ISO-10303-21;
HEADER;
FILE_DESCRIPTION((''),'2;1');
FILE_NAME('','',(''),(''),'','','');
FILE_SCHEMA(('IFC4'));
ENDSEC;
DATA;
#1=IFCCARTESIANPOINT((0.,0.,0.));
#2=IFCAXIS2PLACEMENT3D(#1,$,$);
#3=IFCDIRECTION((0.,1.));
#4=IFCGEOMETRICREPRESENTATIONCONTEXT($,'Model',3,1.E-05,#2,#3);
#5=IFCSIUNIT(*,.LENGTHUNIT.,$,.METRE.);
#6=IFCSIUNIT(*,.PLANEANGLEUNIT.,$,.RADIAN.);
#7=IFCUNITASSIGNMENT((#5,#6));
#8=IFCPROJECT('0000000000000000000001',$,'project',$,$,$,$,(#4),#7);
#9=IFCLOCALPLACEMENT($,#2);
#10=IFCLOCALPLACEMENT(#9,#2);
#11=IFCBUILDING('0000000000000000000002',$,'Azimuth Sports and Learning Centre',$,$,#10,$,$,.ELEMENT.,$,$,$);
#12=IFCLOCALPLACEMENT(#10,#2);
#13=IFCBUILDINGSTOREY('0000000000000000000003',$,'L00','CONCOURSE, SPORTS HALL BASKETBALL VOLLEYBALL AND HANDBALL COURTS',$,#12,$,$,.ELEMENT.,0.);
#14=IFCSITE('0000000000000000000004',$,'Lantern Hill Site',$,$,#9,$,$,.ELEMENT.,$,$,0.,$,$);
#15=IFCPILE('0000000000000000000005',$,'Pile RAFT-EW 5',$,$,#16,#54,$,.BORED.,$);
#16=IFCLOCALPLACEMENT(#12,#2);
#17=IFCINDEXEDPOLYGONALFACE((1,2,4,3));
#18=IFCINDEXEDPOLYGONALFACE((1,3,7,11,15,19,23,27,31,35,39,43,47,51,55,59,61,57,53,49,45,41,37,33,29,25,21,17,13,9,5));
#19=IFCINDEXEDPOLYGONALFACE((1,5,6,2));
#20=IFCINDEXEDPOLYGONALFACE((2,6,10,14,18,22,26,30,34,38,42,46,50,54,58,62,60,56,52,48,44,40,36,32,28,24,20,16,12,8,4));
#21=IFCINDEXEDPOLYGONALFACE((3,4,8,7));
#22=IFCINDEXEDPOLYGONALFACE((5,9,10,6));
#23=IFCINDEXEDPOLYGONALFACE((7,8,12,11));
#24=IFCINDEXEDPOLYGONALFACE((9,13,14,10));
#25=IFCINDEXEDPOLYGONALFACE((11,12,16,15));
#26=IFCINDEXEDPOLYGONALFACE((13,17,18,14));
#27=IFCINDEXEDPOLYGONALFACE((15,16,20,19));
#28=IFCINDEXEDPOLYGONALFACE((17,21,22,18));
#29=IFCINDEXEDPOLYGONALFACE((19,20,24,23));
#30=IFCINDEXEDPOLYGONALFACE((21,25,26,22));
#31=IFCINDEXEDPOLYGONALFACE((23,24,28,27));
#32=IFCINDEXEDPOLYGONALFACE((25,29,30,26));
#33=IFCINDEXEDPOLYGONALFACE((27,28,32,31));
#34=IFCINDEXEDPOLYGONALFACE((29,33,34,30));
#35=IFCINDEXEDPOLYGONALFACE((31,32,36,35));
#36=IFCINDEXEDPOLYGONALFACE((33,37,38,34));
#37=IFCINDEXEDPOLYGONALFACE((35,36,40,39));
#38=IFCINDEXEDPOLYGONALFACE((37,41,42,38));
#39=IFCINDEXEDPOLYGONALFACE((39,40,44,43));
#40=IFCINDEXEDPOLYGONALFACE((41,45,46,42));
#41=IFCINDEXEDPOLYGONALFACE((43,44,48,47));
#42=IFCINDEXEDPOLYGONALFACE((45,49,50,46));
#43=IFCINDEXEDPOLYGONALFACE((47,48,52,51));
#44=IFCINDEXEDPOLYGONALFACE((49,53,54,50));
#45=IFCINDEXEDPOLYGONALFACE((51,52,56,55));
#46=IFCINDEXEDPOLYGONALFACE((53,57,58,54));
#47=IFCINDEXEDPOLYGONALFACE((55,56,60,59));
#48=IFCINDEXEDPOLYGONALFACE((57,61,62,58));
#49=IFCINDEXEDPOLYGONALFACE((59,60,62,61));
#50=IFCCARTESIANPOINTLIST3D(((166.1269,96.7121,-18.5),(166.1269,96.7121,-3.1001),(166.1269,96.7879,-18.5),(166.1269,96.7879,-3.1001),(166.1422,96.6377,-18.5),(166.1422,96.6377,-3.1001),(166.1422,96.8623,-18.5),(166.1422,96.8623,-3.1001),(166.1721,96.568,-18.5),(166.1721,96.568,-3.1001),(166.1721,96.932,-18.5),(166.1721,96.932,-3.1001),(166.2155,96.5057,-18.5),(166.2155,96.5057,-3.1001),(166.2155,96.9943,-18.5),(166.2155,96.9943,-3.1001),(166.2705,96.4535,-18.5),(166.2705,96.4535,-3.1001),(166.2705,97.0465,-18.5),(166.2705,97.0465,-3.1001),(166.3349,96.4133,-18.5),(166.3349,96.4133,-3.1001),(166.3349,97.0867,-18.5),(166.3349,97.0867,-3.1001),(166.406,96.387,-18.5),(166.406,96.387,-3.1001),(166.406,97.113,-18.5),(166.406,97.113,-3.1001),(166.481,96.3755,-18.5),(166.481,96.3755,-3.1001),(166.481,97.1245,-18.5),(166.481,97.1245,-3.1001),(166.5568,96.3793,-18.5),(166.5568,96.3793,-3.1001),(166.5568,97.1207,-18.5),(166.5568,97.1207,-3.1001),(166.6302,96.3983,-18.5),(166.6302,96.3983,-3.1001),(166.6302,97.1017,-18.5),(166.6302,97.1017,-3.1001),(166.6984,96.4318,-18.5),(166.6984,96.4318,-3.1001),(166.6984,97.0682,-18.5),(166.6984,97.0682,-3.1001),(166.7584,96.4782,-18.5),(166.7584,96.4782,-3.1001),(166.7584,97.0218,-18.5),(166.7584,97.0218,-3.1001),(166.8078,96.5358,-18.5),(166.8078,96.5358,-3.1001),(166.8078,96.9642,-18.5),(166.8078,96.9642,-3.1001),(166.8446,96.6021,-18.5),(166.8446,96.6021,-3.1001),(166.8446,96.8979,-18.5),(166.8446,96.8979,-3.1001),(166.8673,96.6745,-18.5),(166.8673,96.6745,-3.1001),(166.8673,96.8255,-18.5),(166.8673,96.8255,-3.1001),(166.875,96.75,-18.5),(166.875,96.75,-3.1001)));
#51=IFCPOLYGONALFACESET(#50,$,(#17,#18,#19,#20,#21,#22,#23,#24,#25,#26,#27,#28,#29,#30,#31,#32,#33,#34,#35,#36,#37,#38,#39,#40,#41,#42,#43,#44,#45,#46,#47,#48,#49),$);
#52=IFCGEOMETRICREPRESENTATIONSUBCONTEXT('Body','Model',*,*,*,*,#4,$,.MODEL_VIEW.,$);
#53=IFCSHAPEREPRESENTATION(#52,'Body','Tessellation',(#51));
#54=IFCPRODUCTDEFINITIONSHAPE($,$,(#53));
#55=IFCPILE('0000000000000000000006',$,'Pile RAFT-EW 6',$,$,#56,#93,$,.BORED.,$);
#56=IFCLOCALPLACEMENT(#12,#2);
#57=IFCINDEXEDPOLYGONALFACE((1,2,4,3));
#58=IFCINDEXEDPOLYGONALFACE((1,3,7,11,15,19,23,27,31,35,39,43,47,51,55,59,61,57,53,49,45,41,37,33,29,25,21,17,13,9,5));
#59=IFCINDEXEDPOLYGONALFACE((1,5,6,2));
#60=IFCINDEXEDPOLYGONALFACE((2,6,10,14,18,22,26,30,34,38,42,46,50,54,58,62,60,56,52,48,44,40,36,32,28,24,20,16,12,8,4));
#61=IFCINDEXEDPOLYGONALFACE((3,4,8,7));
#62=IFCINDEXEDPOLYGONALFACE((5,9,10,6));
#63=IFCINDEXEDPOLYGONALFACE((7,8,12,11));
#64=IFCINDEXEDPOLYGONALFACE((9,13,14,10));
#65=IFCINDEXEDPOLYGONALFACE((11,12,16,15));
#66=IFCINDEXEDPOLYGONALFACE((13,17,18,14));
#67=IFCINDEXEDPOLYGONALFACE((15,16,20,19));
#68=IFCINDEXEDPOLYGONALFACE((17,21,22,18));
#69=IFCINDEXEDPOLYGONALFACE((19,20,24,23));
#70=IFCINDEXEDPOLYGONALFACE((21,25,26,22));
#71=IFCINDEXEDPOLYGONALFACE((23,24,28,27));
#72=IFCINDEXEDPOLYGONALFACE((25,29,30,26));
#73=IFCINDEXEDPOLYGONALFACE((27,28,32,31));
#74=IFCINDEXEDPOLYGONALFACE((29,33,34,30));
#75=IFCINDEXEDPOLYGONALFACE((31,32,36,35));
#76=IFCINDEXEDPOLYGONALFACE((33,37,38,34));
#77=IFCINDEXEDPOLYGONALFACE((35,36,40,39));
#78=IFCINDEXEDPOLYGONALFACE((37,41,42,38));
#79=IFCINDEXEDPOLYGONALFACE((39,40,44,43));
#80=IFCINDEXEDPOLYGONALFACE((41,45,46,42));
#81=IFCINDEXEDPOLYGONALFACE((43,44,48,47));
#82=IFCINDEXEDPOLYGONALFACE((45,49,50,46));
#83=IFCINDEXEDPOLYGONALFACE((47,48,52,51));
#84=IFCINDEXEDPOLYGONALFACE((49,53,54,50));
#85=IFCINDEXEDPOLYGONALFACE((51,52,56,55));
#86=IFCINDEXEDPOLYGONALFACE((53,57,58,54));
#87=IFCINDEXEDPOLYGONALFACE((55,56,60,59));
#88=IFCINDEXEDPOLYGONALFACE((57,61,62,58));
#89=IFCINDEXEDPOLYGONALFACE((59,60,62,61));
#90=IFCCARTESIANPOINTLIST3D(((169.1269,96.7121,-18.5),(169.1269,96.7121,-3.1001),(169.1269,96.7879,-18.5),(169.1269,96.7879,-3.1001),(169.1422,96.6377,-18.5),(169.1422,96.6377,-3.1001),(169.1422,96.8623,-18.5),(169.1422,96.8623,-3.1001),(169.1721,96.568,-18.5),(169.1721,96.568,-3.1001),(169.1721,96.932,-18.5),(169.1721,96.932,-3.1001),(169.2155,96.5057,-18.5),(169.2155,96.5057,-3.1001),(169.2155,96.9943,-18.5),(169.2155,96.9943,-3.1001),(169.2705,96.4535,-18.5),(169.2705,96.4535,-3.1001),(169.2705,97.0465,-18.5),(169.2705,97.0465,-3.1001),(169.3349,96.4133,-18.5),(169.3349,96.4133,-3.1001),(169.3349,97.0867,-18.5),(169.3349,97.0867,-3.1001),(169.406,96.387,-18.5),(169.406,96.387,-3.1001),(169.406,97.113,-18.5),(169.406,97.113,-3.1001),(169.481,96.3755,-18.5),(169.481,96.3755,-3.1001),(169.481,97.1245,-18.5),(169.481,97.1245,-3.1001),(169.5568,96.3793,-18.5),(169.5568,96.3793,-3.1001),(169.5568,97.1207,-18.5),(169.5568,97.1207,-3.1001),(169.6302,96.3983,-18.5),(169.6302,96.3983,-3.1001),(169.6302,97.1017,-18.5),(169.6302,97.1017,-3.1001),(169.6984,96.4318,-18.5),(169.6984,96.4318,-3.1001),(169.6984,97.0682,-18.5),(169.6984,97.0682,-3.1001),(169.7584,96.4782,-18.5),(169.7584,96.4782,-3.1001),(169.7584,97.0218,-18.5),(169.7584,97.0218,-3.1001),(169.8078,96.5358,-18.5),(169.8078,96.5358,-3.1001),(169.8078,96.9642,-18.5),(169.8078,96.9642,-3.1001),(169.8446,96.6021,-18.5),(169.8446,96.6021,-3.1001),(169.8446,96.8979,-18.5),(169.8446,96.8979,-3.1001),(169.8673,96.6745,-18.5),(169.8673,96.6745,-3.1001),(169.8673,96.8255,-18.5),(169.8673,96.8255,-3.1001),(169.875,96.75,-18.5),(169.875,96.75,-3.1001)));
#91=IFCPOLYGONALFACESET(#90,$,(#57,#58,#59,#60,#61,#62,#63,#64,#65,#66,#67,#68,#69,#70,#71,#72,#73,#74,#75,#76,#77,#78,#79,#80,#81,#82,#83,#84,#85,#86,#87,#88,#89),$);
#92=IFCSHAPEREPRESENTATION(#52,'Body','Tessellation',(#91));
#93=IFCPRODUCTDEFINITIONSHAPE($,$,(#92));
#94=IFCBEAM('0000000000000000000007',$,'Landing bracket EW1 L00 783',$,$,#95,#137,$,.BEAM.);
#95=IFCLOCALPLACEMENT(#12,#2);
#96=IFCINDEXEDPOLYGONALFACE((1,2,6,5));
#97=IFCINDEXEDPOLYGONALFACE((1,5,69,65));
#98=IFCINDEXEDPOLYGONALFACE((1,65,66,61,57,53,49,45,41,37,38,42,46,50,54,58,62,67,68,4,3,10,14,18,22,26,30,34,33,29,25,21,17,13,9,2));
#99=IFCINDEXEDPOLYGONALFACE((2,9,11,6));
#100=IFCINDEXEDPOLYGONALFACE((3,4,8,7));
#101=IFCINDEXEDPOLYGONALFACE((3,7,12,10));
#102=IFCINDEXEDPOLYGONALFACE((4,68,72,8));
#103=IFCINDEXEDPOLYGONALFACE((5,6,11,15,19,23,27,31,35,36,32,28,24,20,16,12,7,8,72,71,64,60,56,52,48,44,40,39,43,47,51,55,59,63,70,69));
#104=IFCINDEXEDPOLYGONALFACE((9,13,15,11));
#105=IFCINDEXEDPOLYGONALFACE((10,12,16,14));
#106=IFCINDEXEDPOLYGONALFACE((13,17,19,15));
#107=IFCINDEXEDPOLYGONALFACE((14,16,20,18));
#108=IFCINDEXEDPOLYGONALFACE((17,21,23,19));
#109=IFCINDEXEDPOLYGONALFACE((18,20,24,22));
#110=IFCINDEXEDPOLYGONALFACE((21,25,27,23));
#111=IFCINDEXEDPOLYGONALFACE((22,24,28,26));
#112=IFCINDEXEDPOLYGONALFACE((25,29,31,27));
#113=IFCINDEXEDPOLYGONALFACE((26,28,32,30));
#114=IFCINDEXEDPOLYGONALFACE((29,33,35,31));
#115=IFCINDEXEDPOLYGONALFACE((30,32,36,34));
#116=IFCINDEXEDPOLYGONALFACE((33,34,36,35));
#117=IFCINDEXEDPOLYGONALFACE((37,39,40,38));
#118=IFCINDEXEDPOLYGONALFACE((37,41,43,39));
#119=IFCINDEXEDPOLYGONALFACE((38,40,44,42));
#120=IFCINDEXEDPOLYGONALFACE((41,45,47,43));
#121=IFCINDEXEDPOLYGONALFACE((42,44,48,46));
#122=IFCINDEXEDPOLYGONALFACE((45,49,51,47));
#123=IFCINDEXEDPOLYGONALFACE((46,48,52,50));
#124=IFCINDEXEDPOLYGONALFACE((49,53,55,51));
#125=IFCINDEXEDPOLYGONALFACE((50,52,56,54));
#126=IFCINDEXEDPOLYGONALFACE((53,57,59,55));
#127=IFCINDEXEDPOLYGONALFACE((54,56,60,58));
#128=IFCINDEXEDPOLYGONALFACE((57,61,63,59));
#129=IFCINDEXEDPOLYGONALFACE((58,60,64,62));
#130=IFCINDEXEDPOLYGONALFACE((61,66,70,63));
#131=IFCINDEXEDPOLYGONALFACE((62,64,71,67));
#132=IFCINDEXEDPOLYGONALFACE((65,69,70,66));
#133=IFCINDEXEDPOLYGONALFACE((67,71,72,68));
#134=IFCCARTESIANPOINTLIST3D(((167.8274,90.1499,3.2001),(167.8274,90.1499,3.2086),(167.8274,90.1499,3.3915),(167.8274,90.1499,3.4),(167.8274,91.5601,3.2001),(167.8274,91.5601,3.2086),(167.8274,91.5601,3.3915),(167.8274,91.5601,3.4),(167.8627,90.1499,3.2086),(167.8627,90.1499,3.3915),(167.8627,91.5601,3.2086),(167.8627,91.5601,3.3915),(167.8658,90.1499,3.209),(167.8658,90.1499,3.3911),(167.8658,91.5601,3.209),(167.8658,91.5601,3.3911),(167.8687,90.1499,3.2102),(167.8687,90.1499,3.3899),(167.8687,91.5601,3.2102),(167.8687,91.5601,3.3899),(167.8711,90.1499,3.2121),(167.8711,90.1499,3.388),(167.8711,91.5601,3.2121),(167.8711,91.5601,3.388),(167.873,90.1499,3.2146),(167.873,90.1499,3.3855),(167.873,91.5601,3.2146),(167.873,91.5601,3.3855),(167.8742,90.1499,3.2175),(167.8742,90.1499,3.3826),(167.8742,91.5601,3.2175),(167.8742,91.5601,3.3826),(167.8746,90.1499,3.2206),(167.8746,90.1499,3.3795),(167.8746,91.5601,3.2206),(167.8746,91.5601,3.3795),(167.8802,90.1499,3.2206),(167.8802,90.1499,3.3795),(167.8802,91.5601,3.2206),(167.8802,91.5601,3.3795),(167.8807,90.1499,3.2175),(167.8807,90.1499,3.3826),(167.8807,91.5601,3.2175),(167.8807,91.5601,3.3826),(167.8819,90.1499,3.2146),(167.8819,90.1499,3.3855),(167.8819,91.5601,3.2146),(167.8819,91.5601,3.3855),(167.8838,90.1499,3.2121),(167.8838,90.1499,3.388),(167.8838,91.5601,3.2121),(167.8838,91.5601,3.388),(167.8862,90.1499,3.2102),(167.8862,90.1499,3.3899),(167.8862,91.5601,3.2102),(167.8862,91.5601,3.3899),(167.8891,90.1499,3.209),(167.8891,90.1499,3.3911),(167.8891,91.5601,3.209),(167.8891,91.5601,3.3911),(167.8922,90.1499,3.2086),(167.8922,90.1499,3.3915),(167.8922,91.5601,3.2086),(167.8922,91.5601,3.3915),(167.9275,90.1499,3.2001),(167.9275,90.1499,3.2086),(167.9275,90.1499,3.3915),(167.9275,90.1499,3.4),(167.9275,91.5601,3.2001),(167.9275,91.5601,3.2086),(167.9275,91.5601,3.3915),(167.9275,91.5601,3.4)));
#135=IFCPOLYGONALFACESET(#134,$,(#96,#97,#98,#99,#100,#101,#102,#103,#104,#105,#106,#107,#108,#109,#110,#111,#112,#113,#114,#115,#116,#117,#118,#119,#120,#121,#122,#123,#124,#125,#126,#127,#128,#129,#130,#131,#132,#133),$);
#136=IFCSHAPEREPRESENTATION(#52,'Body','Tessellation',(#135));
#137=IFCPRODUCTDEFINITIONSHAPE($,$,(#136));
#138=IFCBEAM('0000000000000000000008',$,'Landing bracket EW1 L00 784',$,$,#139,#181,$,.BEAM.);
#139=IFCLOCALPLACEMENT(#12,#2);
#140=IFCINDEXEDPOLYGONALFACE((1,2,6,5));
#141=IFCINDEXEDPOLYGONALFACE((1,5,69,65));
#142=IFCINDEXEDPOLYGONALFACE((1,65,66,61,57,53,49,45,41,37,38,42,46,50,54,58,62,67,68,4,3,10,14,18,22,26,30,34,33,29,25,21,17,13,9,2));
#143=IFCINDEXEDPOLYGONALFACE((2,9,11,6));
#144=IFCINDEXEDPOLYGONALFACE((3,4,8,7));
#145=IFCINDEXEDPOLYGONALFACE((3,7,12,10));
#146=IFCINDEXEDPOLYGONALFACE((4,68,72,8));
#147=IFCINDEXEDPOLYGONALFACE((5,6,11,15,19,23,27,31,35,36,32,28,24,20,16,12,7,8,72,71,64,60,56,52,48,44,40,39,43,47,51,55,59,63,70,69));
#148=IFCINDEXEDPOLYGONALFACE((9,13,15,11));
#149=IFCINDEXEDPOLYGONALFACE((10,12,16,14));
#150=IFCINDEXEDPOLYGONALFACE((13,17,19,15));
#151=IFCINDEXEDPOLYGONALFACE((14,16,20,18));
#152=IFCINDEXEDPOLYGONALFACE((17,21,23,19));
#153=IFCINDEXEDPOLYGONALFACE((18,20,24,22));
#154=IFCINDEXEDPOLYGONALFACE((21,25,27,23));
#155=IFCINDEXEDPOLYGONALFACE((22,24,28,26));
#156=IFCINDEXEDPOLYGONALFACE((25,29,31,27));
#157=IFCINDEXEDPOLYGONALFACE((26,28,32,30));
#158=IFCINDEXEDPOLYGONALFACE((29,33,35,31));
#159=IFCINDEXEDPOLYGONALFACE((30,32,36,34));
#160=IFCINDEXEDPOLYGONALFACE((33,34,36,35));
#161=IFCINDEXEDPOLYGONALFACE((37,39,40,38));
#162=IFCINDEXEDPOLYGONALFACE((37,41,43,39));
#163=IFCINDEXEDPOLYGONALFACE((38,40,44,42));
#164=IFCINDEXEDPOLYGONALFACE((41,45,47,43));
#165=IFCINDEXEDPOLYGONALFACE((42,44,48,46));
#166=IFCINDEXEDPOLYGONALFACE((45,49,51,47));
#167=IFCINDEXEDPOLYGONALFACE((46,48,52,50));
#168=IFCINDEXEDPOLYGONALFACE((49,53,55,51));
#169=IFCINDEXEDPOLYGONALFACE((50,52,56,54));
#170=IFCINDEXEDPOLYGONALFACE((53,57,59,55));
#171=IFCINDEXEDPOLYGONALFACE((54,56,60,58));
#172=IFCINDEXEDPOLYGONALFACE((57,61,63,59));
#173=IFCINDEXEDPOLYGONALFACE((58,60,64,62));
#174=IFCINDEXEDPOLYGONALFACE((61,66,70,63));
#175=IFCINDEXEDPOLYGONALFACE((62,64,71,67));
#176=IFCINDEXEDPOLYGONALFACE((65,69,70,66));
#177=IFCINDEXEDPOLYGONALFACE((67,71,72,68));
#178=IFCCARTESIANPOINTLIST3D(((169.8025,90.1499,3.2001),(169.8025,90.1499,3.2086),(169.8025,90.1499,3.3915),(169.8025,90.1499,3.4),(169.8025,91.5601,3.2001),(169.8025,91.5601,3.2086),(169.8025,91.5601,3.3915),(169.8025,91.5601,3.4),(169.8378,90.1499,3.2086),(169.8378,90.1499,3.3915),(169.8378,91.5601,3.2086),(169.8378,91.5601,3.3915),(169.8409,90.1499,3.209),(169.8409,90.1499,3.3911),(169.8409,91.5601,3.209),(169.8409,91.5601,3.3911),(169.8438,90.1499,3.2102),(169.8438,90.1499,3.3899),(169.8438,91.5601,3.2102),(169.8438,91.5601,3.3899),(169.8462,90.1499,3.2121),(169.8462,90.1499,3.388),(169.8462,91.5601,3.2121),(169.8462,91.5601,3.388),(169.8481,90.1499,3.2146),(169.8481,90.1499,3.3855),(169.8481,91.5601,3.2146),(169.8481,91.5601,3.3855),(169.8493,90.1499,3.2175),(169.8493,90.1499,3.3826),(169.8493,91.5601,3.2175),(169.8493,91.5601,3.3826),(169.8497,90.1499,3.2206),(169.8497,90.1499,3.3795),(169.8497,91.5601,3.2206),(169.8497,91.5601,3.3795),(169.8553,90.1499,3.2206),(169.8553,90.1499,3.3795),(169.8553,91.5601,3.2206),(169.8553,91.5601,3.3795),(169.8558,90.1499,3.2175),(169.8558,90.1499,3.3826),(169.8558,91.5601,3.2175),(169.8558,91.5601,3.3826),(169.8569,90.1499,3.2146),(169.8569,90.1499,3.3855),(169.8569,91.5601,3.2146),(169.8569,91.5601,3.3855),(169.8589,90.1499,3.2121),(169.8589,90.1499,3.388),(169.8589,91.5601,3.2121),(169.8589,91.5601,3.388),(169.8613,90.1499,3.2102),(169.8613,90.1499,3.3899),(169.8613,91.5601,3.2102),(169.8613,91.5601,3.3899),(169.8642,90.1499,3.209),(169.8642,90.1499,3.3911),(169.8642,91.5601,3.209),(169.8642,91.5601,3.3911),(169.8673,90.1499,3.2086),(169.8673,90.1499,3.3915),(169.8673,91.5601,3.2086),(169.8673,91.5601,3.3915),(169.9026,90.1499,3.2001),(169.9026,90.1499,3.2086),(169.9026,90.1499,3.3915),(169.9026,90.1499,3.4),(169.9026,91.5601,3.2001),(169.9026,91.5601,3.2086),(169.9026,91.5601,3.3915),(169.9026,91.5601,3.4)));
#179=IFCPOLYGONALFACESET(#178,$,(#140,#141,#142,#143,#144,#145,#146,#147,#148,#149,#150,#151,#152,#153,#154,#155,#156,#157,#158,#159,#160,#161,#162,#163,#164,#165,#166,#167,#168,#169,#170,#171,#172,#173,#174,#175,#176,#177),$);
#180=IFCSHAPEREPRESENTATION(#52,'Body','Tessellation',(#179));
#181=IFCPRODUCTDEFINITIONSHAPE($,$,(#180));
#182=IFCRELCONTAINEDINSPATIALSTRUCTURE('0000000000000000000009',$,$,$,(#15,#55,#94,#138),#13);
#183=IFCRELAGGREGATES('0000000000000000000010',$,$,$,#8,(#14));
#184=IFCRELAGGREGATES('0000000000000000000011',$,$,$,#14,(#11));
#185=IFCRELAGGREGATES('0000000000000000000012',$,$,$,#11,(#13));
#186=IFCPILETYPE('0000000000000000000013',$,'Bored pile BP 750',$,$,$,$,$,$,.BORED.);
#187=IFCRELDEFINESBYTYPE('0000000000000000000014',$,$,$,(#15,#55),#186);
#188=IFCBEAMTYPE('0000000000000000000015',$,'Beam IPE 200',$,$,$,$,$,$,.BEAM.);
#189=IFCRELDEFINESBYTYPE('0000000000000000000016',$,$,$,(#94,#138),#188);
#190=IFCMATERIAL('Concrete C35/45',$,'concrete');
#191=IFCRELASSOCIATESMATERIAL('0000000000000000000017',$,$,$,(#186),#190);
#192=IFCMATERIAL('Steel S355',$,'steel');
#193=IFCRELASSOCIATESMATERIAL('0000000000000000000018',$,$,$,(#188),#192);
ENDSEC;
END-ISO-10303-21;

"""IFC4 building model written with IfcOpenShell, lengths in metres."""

from ifc_helpers import new_model, si_unit, direction, frame, origin, origin_2d, place, context, subcontext, project, spatial, circle, i_section, extrude, material, material_profile, profile_set, type_object, element, save


model = new_model("IFC4")

# Units and contexts
model_context = context("Model", 3, precision=1e-05, world=origin(), true_north=direction((0.0, 1.0)))
body_context = subcontext(model_context, "Body", "Model", "MODEL_VIEW")
ifc_project = project(units=[si_unit("LENGTHUNIT", "METRE"), si_unit("PLANEANGLEUNIT", "RADIAN")], contexts=[model_context])

# Site, building, storey
site_placement = place(None, origin())
site = spatial("IfcSite", under=ifc_project, at=site_placement, Name="Lantern Hill Site", CompositionType="ELEMENT", RefElevation=0.0)
building_placement = place(site_placement, origin())
building = spatial("IfcBuilding", under=site, at=building_placement, Name="Azimuth Sports and Learning Centre", CompositionType="ELEMENT")
storey_placement = place(building_placement, origin())
storey = spatial("IfcBuildingStorey", under=building, at=storey_placement, Name="L00", Description="CONCOURSE, SPORTS HALL BASKETBALL VOLLEYBALL AND HANDBALL COURTS", CompositionType="ELEMENT", Elevation=0.0)

# Piles
ifc_material_1 = material(Name="Concrete C35/45", Category="concrete")
ifc_material_profile_1 = material_profile(ifc_material_1, circle(Radius=0.375, at=origin_2d()), Name="BP 750")
ifc_profile_set_1 = profile_set([ifc_material_profile_1], Name="Concrete C35/45")
pile_type_1 = type_object("IfcPileType", Name="Bored pile BP 750", PredefinedType="BORED", material=ifc_profile_set_1)
for number, where, z_axis, x_axis, name in (
    (1, (166.5, 96.75, -3.1001), (0.0, 0.0, -1.0), (1.0, 0.0, 0.0), "Pile RAFT-EW 5"),
    (2, (169.5, 96.75, -3.1001), (0.0, 0.0, -1.0), (1.0, 0.0, 0.0), "Pile RAFT-EW 6"),
):
    element("IfcPile", number, at=place(storey_placement, frame(where, z_axis=z_axis, x_axis=x_axis)), inside=storey, type_object=pile_type_1, Name=name, PredefinedType="BORED", context=body_context, shape_type="SweptSolid", body=[
        extrude(circle(Radius=0.375, at=origin_2d()), origin(), (0.0, 0.0, 1.0), 15.3999),
    ])

# Beams
ifc_material_2 = material(Name="Steel S355", Category="steel")
ifc_material_profile_2 = material_profile(ifc_material_2, i_section(OverallWidth=0.1001, OverallDepth=0.2, WebThickness=0.0056, FlangeThickness=0.0085, FilletRadius=0.012, at=origin_2d()), Name="IPE 200")
ifc_profile_set_2 = profile_set([ifc_material_profile_2], Name="Steel S355")
beam_type = type_object("IfcBeamType", Name="Beam IPE 200", PredefinedType="BEAM", material=ifc_profile_set_2)
for number, where, z_axis, x_axis, name in (
    (3, (167.8774, 90.1499, 3.3), (0.0, 1.0, 0.0), (-1.0, 0.0, 0.0), "Landing bracket EW1 L00 783"),
    (4, (169.8525, 90.1499, 3.3), (0.0, 1.0, 0.0), (-1.0, 0.0, 0.0), "Landing bracket EW1 L00 784"),
):
    element("IfcBeam", number, at=place(storey_placement, frame(where, z_axis=z_axis, x_axis=x_axis)), inside=storey, type_object=beam_type, Name=name, PredefinedType="BEAM", context=body_context, shape_type="SweptSolid", body=[
        extrude(i_section(OverallWidth=0.1001, OverallDepth=0.2, WebThickness=0.0056, FlangeThickness=0.0085, FilletRadius=0.012, at=origin_2d()), origin(), (0.0, 0.0, 1.0), 1.4102),
    ])

save(model, "model.ifc")
